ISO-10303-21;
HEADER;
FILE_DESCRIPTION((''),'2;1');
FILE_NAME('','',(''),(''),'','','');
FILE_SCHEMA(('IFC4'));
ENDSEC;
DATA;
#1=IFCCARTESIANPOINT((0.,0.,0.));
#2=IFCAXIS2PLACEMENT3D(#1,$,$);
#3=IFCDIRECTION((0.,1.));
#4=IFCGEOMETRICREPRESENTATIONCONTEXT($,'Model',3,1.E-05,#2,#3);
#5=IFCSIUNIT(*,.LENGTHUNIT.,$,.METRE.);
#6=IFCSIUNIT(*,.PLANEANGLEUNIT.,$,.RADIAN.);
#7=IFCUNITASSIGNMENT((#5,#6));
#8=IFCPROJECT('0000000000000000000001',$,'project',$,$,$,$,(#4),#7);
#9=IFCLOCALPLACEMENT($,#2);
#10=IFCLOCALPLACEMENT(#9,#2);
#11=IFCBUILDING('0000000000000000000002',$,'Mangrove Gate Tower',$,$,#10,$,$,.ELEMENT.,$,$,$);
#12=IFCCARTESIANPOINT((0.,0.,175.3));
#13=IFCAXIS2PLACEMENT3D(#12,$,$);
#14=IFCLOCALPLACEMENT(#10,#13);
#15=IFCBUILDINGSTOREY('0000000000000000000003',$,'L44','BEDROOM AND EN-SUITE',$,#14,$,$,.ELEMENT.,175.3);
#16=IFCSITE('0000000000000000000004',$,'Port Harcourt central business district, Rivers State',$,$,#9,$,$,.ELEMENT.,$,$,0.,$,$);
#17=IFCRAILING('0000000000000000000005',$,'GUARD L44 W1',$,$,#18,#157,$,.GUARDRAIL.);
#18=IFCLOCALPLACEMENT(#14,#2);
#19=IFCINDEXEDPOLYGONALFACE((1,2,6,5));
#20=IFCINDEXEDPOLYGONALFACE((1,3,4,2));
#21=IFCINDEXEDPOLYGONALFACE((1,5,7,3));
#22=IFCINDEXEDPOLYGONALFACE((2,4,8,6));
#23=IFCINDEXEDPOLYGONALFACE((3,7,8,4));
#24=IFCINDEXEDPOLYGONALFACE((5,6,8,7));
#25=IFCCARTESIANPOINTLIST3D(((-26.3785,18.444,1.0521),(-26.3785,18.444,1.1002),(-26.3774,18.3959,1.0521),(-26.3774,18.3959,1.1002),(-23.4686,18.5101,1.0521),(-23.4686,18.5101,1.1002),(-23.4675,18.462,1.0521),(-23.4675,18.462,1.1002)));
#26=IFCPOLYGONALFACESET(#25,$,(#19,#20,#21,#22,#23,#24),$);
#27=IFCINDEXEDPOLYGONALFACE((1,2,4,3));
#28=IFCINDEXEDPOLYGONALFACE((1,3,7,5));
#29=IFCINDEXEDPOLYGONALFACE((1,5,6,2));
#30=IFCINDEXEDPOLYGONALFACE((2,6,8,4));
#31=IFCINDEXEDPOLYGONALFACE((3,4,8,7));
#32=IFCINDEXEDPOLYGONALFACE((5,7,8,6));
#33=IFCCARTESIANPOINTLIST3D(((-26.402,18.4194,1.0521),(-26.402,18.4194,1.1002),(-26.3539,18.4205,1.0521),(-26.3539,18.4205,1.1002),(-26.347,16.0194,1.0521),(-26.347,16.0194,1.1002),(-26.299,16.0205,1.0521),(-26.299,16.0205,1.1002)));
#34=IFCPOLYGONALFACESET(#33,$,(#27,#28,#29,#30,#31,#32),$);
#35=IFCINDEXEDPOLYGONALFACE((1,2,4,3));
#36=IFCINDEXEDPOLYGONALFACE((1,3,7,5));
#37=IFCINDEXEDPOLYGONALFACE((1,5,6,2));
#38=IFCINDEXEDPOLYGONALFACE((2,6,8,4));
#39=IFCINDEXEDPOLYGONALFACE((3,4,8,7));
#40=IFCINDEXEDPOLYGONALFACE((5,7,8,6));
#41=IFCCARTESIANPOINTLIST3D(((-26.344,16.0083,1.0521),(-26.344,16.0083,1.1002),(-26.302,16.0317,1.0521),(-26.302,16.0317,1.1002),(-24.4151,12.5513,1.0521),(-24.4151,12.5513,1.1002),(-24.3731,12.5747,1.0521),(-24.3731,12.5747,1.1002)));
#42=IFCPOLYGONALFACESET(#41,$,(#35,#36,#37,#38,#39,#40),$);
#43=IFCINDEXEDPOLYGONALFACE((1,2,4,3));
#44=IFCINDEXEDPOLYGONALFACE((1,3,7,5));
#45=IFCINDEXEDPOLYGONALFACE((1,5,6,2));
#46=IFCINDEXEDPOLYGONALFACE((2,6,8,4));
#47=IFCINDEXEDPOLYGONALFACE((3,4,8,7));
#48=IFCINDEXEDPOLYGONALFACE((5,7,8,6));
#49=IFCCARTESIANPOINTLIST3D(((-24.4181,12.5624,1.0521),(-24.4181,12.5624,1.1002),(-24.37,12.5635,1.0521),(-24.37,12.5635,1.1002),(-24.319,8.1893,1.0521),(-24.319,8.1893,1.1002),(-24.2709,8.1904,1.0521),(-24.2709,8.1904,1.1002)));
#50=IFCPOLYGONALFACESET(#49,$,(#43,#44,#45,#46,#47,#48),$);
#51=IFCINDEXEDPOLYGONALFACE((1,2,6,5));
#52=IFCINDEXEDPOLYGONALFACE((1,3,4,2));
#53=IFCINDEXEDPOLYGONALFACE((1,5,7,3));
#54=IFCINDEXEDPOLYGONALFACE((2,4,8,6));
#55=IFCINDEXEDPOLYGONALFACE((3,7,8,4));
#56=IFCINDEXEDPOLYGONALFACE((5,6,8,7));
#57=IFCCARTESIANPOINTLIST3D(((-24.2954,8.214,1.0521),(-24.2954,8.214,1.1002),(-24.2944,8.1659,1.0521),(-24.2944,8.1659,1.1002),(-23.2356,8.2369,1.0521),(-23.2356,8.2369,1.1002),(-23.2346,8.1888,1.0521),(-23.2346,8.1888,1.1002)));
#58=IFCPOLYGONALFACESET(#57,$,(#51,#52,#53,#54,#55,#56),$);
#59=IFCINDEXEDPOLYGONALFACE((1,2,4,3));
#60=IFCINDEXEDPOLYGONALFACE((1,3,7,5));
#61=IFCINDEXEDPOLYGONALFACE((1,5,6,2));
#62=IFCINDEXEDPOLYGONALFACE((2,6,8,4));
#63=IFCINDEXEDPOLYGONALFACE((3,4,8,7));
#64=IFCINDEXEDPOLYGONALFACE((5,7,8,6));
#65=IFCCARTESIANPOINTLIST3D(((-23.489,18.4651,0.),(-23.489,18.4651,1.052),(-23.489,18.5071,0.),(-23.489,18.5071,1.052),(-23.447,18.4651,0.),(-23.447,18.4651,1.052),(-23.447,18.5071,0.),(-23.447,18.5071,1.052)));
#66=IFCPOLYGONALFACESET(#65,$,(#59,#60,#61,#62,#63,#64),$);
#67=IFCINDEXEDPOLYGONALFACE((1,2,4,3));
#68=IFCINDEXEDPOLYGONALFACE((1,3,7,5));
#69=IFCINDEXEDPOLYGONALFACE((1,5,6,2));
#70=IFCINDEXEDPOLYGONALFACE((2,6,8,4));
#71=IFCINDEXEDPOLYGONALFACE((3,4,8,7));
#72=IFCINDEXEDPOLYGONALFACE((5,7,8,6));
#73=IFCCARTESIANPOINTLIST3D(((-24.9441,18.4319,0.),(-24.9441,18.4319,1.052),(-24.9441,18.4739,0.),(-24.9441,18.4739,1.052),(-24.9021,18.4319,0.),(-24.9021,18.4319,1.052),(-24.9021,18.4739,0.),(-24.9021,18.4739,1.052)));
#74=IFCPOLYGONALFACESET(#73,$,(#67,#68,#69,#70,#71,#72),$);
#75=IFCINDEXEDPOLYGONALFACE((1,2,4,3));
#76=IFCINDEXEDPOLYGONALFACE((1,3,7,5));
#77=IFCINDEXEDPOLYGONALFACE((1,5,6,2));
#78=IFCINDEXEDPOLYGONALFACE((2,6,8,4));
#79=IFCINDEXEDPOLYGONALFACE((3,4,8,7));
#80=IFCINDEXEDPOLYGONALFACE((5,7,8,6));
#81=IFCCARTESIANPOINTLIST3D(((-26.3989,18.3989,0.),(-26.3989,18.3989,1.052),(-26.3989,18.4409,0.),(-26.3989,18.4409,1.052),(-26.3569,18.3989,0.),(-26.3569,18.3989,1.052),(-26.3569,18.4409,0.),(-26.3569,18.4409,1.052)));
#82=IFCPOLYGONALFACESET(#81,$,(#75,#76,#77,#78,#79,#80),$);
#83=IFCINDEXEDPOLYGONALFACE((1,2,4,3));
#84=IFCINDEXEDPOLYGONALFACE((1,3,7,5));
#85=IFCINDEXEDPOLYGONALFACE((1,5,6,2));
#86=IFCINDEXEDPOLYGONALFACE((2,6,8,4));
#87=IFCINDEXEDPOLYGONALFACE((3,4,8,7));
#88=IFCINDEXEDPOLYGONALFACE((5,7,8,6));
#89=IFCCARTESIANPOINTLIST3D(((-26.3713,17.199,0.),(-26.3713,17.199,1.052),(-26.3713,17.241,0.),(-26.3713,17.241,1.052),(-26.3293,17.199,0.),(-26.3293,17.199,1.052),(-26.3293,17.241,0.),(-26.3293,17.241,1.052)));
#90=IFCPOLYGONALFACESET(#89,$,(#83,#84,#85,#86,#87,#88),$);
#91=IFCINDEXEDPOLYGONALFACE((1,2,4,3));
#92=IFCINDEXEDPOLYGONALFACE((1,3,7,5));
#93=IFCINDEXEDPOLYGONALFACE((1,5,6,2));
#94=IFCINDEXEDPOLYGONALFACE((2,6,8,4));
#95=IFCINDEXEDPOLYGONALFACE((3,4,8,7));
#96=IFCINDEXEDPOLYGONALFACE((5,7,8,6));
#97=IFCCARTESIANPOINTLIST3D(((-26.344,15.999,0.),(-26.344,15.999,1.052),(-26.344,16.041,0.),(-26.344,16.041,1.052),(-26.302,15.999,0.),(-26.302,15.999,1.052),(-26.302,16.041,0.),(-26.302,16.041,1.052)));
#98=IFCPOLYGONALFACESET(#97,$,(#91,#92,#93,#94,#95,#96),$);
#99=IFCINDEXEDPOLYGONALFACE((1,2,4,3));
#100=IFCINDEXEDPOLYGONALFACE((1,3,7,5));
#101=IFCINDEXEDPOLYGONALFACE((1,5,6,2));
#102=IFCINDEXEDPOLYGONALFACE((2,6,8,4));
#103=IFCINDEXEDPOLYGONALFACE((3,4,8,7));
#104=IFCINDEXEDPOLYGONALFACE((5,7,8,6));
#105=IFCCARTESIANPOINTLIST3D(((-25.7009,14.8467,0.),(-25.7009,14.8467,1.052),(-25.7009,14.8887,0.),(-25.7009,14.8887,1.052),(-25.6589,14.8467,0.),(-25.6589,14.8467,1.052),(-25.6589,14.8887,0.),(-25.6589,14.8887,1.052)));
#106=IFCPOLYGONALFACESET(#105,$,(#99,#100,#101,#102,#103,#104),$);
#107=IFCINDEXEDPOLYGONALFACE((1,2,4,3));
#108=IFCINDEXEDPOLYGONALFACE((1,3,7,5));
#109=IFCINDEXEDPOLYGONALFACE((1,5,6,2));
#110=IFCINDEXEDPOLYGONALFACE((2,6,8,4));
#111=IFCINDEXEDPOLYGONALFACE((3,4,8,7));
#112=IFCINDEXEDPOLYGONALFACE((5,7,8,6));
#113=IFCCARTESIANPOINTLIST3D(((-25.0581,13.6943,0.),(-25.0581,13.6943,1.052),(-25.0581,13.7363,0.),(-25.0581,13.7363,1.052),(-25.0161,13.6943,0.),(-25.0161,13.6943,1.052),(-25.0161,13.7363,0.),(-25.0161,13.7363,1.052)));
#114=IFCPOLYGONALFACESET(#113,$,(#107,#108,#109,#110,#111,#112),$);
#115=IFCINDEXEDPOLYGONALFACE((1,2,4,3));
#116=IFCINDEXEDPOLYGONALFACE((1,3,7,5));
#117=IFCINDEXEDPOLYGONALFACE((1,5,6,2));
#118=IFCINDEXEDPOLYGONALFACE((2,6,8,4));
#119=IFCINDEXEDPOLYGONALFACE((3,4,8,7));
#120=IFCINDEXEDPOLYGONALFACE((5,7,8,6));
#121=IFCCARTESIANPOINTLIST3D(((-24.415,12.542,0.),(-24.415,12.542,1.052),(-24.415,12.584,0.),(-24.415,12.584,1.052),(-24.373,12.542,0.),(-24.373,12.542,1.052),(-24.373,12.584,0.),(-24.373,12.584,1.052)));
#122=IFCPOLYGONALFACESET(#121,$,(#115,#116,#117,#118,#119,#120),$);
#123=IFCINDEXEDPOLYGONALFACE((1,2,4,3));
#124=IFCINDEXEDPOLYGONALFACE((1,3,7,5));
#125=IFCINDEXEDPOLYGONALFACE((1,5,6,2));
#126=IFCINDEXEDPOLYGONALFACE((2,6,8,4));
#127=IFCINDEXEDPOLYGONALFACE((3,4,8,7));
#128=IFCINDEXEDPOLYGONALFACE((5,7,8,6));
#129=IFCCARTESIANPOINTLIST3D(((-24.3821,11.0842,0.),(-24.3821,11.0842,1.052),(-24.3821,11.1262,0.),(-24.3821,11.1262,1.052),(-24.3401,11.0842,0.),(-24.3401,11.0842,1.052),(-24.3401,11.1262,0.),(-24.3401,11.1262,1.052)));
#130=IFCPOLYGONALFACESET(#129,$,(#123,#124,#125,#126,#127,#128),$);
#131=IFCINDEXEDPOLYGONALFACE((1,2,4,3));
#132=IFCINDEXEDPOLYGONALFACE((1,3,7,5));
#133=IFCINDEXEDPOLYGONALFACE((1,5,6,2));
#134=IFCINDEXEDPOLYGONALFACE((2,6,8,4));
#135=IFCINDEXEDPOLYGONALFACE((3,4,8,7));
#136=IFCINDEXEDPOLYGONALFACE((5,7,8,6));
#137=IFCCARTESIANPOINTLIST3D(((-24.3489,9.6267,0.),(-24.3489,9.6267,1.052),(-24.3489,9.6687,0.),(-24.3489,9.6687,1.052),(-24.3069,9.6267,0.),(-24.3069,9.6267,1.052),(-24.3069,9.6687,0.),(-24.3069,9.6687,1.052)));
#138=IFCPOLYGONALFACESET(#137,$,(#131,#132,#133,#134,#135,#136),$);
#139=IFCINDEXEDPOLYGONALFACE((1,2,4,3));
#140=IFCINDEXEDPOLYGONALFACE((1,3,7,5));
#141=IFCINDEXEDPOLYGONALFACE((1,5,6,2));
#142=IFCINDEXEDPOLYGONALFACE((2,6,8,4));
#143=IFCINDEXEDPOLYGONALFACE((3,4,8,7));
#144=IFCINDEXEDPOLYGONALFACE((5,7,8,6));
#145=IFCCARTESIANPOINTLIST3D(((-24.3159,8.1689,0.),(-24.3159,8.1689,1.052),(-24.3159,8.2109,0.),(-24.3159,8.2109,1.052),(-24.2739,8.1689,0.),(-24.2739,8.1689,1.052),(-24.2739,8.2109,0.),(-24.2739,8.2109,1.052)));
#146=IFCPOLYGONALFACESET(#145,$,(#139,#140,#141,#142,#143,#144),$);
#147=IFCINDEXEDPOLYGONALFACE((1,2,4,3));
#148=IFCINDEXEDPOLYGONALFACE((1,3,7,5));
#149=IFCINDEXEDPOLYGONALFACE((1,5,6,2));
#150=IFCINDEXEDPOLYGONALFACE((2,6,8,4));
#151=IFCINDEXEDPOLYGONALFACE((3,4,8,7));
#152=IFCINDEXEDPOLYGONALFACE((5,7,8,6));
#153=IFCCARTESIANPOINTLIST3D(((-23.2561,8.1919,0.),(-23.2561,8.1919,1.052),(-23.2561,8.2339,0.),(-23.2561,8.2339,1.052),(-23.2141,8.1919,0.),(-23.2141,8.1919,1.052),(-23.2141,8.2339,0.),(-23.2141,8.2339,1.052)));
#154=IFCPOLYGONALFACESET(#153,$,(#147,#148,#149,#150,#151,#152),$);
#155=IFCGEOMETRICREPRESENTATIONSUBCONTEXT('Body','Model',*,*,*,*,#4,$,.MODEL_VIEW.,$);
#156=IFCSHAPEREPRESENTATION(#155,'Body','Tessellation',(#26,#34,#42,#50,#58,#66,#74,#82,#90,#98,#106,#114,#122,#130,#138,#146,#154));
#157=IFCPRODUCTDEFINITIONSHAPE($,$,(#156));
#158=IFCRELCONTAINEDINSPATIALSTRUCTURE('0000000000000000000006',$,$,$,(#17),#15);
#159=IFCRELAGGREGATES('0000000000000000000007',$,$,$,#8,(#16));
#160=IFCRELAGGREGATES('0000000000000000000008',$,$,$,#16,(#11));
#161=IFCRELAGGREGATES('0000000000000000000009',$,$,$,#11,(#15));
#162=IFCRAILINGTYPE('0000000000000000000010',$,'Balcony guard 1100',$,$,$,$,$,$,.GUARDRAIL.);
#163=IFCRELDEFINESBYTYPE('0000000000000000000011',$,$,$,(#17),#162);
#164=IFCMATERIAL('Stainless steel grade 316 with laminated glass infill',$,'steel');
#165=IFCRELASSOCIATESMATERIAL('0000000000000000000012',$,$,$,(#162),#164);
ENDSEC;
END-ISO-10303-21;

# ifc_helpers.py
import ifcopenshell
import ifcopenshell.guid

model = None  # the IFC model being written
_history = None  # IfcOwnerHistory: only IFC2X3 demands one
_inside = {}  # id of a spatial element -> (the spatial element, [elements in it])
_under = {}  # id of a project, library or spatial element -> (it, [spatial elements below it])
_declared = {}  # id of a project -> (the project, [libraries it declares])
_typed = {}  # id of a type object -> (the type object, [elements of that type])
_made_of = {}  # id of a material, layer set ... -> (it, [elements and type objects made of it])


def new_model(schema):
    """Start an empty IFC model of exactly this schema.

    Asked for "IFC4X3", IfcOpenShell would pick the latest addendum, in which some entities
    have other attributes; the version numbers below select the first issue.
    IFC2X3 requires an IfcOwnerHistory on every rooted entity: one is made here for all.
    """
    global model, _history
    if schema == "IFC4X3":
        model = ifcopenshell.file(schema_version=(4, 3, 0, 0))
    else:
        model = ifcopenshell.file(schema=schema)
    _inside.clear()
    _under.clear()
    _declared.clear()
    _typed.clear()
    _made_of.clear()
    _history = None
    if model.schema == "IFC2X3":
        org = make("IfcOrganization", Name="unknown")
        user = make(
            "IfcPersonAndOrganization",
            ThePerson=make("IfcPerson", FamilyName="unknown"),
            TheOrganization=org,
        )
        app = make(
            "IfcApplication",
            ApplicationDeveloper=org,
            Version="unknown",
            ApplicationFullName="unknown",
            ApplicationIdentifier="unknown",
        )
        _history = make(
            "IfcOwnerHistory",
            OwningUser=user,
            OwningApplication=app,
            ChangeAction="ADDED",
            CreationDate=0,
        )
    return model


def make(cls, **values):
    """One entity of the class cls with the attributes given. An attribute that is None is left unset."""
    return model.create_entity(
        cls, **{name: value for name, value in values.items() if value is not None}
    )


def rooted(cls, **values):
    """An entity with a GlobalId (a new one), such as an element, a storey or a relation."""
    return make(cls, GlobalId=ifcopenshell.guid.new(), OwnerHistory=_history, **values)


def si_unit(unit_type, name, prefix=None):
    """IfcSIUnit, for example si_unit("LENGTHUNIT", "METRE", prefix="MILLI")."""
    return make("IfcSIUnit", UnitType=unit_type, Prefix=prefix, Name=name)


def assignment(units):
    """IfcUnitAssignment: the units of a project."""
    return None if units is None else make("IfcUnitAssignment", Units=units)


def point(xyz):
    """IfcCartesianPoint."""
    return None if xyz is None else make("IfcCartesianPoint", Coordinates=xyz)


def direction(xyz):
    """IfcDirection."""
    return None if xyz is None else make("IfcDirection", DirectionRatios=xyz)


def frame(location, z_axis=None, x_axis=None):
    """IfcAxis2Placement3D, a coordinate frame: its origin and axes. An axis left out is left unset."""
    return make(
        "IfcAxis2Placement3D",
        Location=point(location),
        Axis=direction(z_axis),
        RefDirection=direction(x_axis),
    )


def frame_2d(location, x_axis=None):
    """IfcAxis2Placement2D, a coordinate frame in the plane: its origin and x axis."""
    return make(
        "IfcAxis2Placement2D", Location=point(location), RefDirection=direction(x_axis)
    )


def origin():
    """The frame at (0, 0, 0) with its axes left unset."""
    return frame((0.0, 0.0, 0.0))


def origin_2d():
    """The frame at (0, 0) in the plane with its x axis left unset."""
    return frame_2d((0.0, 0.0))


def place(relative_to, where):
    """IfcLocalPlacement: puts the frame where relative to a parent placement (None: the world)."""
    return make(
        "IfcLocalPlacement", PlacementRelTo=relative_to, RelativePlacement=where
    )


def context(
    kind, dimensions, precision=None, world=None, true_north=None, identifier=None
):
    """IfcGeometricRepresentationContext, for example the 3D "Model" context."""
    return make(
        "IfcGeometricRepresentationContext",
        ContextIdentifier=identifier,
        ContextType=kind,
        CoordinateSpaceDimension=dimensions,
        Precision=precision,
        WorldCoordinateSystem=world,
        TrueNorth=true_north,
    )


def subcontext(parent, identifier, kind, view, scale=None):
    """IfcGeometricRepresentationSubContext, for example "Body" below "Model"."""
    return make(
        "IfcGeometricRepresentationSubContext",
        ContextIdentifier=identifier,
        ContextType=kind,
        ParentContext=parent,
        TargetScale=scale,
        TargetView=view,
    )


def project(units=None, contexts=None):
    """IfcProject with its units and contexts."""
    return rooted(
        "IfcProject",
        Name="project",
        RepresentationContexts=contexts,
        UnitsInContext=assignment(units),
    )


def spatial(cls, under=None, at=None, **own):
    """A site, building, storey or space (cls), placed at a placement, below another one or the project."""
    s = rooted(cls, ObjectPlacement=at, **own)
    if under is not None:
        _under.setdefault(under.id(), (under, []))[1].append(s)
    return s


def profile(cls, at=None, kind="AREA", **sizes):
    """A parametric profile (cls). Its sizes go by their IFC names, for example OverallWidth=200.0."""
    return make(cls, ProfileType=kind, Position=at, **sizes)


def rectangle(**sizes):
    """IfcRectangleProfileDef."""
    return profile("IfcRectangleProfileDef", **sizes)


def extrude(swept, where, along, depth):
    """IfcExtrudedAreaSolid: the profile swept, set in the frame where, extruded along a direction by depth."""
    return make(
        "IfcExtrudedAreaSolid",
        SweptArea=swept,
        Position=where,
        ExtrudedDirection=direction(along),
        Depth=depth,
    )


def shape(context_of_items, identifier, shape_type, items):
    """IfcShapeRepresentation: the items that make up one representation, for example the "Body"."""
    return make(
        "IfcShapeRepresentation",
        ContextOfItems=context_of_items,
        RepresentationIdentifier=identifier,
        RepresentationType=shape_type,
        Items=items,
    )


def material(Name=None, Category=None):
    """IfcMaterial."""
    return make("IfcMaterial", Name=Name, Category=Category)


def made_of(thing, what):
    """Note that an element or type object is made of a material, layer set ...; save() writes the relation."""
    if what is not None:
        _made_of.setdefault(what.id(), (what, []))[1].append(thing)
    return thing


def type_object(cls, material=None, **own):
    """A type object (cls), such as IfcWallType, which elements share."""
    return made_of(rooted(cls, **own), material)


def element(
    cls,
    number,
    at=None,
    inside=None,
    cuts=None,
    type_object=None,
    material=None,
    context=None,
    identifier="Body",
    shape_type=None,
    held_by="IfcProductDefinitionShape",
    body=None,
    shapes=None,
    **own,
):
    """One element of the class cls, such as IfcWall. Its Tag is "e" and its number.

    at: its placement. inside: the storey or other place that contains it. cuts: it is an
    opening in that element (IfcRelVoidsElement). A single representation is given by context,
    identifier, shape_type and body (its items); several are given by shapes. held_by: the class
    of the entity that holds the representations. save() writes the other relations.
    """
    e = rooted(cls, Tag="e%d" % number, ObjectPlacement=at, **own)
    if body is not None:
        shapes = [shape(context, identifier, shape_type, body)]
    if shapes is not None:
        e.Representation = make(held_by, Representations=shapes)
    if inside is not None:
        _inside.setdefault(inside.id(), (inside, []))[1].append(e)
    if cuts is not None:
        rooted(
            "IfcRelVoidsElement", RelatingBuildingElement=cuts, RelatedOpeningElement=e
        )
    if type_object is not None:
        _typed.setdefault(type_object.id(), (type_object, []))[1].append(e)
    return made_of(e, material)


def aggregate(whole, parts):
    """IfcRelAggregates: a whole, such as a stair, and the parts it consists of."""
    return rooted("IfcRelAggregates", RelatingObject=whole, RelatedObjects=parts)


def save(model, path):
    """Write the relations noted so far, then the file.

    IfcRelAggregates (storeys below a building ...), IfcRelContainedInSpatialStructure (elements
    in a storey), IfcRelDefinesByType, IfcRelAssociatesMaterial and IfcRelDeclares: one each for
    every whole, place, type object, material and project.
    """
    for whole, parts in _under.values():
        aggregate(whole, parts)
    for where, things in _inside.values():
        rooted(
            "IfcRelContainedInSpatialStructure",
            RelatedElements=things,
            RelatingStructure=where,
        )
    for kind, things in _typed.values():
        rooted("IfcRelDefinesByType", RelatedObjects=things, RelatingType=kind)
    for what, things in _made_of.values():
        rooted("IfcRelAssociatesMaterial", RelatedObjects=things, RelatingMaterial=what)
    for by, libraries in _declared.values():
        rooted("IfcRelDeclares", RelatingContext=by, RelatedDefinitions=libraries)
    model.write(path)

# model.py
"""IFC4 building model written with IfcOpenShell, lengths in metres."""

from ifc_helpers import new_model, si_unit, direction, frame, origin, origin_2d, place, context, subcontext, project, spatial, rectangle, extrude, material, type_object, element, save


model = new_model("IFC4")

# Units and contexts
model_context = context("Model", 3, precision=1e-05, world=origin(), true_north=direction((0.0, 1.0)))
body_context = subcontext(model_context, "Body", "Model", "MODEL_VIEW")
ifc_project = project(units=[si_unit("LENGTHUNIT", "METRE"), si_unit("PLANEANGLEUNIT", "RADIAN")], contexts=[model_context])

# Site, building, storey
site_placement = place(None, origin())
site = spatial("IfcSite", under=ifc_project, at=site_placement, Name="Port Harcourt central business district, Rivers State", CompositionType="ELEMENT", RefElevation=0.0)
building_placement = place(site_placement, origin())
building = spatial("IfcBuilding", under=site, at=building_placement, Name="Mangrove Gate Tower", CompositionType="ELEMENT")
storey_placement = place(building_placement, frame((0.0, 0.0, 175.3)))
storey = spatial("IfcBuildingStorey", under=building, at=storey_placement, Name="L44", Description="BEDROOM AND EN-SUITE", CompositionType="ELEMENT", Elevation=175.3)

# Railing
ifc_material_1 = material(Name="Stainless steel grade 316 with laminated glass infill", Category="steel")
railing_type = type_object("IfcRailingType", Name="Balcony guard 1100", PredefinedType="GUARDRAIL", material=ifc_material_1)
railing_placement = place(storey_placement, frame((-23.468, 18.4861, 0.0)))
element("IfcRailing", 1, at=railing_placement, inside=storey, type_object=railing_type, Name="GUARD L44 W1", PredefinedType="GUARDRAIL", context=body_context, shape_type="SweptSolid", body=[
    extrude(rectangle(XDim=0.0481, YDim=0.0481, at=origin_2d()), frame((0.0, 0.0, 1.0762), z_axis=(-0.999742, -0.022731, 0.0), x_axis=(0.022731, -0.999742, 0.0)), (0.0, 0.0, 1.0), 2.9106),
    extrude(rectangle(XDim=0.0481, YDim=0.0481, at=origin_2d()), frame((-2.9099, -0.0662, 1.0762), z_axis=(0.022883, -0.999738, 0.0), x_axis=(0.999738, 0.022883, 0.0)), (0.0, 0.0, 1.0), 2.4006),
    extrude(rectangle(XDim=0.0481, YDim=0.0481, at=origin_2d()), frame((-2.855, -2.4661, 1.0762), z_axis=(0.48726, -0.873257, 0.0), x_axis=(0.873257, 0.48726, 0.0)), (0.0, 0.0, 1.0), 3.9587),
    extrude(rectangle(XDim=0.0481, YDim=0.0481, at=origin_2d()), frame((-0.926, -5.9231, 1.0762), z_axis=(0.022661, -0.999743, 0.0), x_axis=(0.999743, 0.022661, 0.0)), (0.0, 0.0, 1.0), 4.3743),
    extrude(rectangle(XDim=0.0481, YDim=0.0481, at=origin_2d()), frame((-0.8269, -10.2961, 1.0762), z_axis=(0.999766, 0.021649, 0.0), x_axis=(-0.021649, 0.999766, 0.0)), (0.0, 0.0, 1.0), 1.0601),
    extrude(rectangle(XDim=0.042, YDim=0.042, at=origin_2d()), origin(), (0.0, 0.0, 1.0), 1.052),
    extrude(rectangle(XDim=0.042, YDim=0.042, at=origin_2d()), frame((-1.4551, -0.0332, 0.0)), (0.0, 0.0, 1.0), 1.052),
    extrude(rectangle(XDim=0.042, YDim=0.042, at=origin_2d()), frame((-2.9099, -0.0662, 0.0)), (0.0, 0.0, 1.0), 1.052),
    extrude(rectangle(XDim=0.042, YDim=0.042, at=origin_2d()), frame((-2.8823, -1.2661, 0.0)), (0.0, 0.0, 1.0), 1.052),
    extrude(rectangle(XDim=0.042, YDim=0.042, at=origin_2d()), frame((-2.855, -2.4661, 0.0)), (0.0, 0.0, 1.0), 1.052),
    extrude(rectangle(XDim=0.042, YDim=0.042, at=origin_2d()), frame((-2.2119, -3.6184, 0.0)), (0.0, 0.0, 1.0), 1.052),
    extrude(rectangle(XDim=0.042, YDim=0.042, at=origin_2d()), frame((-1.5691, -4.7708, 0.0)), (0.0, 0.0, 1.0), 1.052),
    extrude(rectangle(XDim=0.042, YDim=0.042, at=origin_2d()), frame((-0.926, -5.9231, 0.0)), (0.0, 0.0, 1.0), 1.052),
    extrude(rectangle(XDim=0.042, YDim=0.042, at=origin_2d()), frame((-0.8931, -7.3809, 0.0)), (0.0, 0.0, 1.0), 1.052),
    extrude(rectangle(XDim=0.042, YDim=0.042, at=origin_2d()), frame((-0.8599, -8.8384, 0.0)), (0.0, 0.0, 1.0), 1.052),
    extrude(rectangle(XDim=0.042, YDim=0.042, at=origin_2d()), frame((-0.8269, -10.2961, 0.0)), (0.0, 0.0, 1.0), 1.052),
    extrude(rectangle(XDim=0.042, YDim=0.042, at=origin_2d()), frame((0.2329, -10.2732, 0.0)), (0.0, 0.0, 1.0), 1.052),
])

save(model, "model.ifc")
